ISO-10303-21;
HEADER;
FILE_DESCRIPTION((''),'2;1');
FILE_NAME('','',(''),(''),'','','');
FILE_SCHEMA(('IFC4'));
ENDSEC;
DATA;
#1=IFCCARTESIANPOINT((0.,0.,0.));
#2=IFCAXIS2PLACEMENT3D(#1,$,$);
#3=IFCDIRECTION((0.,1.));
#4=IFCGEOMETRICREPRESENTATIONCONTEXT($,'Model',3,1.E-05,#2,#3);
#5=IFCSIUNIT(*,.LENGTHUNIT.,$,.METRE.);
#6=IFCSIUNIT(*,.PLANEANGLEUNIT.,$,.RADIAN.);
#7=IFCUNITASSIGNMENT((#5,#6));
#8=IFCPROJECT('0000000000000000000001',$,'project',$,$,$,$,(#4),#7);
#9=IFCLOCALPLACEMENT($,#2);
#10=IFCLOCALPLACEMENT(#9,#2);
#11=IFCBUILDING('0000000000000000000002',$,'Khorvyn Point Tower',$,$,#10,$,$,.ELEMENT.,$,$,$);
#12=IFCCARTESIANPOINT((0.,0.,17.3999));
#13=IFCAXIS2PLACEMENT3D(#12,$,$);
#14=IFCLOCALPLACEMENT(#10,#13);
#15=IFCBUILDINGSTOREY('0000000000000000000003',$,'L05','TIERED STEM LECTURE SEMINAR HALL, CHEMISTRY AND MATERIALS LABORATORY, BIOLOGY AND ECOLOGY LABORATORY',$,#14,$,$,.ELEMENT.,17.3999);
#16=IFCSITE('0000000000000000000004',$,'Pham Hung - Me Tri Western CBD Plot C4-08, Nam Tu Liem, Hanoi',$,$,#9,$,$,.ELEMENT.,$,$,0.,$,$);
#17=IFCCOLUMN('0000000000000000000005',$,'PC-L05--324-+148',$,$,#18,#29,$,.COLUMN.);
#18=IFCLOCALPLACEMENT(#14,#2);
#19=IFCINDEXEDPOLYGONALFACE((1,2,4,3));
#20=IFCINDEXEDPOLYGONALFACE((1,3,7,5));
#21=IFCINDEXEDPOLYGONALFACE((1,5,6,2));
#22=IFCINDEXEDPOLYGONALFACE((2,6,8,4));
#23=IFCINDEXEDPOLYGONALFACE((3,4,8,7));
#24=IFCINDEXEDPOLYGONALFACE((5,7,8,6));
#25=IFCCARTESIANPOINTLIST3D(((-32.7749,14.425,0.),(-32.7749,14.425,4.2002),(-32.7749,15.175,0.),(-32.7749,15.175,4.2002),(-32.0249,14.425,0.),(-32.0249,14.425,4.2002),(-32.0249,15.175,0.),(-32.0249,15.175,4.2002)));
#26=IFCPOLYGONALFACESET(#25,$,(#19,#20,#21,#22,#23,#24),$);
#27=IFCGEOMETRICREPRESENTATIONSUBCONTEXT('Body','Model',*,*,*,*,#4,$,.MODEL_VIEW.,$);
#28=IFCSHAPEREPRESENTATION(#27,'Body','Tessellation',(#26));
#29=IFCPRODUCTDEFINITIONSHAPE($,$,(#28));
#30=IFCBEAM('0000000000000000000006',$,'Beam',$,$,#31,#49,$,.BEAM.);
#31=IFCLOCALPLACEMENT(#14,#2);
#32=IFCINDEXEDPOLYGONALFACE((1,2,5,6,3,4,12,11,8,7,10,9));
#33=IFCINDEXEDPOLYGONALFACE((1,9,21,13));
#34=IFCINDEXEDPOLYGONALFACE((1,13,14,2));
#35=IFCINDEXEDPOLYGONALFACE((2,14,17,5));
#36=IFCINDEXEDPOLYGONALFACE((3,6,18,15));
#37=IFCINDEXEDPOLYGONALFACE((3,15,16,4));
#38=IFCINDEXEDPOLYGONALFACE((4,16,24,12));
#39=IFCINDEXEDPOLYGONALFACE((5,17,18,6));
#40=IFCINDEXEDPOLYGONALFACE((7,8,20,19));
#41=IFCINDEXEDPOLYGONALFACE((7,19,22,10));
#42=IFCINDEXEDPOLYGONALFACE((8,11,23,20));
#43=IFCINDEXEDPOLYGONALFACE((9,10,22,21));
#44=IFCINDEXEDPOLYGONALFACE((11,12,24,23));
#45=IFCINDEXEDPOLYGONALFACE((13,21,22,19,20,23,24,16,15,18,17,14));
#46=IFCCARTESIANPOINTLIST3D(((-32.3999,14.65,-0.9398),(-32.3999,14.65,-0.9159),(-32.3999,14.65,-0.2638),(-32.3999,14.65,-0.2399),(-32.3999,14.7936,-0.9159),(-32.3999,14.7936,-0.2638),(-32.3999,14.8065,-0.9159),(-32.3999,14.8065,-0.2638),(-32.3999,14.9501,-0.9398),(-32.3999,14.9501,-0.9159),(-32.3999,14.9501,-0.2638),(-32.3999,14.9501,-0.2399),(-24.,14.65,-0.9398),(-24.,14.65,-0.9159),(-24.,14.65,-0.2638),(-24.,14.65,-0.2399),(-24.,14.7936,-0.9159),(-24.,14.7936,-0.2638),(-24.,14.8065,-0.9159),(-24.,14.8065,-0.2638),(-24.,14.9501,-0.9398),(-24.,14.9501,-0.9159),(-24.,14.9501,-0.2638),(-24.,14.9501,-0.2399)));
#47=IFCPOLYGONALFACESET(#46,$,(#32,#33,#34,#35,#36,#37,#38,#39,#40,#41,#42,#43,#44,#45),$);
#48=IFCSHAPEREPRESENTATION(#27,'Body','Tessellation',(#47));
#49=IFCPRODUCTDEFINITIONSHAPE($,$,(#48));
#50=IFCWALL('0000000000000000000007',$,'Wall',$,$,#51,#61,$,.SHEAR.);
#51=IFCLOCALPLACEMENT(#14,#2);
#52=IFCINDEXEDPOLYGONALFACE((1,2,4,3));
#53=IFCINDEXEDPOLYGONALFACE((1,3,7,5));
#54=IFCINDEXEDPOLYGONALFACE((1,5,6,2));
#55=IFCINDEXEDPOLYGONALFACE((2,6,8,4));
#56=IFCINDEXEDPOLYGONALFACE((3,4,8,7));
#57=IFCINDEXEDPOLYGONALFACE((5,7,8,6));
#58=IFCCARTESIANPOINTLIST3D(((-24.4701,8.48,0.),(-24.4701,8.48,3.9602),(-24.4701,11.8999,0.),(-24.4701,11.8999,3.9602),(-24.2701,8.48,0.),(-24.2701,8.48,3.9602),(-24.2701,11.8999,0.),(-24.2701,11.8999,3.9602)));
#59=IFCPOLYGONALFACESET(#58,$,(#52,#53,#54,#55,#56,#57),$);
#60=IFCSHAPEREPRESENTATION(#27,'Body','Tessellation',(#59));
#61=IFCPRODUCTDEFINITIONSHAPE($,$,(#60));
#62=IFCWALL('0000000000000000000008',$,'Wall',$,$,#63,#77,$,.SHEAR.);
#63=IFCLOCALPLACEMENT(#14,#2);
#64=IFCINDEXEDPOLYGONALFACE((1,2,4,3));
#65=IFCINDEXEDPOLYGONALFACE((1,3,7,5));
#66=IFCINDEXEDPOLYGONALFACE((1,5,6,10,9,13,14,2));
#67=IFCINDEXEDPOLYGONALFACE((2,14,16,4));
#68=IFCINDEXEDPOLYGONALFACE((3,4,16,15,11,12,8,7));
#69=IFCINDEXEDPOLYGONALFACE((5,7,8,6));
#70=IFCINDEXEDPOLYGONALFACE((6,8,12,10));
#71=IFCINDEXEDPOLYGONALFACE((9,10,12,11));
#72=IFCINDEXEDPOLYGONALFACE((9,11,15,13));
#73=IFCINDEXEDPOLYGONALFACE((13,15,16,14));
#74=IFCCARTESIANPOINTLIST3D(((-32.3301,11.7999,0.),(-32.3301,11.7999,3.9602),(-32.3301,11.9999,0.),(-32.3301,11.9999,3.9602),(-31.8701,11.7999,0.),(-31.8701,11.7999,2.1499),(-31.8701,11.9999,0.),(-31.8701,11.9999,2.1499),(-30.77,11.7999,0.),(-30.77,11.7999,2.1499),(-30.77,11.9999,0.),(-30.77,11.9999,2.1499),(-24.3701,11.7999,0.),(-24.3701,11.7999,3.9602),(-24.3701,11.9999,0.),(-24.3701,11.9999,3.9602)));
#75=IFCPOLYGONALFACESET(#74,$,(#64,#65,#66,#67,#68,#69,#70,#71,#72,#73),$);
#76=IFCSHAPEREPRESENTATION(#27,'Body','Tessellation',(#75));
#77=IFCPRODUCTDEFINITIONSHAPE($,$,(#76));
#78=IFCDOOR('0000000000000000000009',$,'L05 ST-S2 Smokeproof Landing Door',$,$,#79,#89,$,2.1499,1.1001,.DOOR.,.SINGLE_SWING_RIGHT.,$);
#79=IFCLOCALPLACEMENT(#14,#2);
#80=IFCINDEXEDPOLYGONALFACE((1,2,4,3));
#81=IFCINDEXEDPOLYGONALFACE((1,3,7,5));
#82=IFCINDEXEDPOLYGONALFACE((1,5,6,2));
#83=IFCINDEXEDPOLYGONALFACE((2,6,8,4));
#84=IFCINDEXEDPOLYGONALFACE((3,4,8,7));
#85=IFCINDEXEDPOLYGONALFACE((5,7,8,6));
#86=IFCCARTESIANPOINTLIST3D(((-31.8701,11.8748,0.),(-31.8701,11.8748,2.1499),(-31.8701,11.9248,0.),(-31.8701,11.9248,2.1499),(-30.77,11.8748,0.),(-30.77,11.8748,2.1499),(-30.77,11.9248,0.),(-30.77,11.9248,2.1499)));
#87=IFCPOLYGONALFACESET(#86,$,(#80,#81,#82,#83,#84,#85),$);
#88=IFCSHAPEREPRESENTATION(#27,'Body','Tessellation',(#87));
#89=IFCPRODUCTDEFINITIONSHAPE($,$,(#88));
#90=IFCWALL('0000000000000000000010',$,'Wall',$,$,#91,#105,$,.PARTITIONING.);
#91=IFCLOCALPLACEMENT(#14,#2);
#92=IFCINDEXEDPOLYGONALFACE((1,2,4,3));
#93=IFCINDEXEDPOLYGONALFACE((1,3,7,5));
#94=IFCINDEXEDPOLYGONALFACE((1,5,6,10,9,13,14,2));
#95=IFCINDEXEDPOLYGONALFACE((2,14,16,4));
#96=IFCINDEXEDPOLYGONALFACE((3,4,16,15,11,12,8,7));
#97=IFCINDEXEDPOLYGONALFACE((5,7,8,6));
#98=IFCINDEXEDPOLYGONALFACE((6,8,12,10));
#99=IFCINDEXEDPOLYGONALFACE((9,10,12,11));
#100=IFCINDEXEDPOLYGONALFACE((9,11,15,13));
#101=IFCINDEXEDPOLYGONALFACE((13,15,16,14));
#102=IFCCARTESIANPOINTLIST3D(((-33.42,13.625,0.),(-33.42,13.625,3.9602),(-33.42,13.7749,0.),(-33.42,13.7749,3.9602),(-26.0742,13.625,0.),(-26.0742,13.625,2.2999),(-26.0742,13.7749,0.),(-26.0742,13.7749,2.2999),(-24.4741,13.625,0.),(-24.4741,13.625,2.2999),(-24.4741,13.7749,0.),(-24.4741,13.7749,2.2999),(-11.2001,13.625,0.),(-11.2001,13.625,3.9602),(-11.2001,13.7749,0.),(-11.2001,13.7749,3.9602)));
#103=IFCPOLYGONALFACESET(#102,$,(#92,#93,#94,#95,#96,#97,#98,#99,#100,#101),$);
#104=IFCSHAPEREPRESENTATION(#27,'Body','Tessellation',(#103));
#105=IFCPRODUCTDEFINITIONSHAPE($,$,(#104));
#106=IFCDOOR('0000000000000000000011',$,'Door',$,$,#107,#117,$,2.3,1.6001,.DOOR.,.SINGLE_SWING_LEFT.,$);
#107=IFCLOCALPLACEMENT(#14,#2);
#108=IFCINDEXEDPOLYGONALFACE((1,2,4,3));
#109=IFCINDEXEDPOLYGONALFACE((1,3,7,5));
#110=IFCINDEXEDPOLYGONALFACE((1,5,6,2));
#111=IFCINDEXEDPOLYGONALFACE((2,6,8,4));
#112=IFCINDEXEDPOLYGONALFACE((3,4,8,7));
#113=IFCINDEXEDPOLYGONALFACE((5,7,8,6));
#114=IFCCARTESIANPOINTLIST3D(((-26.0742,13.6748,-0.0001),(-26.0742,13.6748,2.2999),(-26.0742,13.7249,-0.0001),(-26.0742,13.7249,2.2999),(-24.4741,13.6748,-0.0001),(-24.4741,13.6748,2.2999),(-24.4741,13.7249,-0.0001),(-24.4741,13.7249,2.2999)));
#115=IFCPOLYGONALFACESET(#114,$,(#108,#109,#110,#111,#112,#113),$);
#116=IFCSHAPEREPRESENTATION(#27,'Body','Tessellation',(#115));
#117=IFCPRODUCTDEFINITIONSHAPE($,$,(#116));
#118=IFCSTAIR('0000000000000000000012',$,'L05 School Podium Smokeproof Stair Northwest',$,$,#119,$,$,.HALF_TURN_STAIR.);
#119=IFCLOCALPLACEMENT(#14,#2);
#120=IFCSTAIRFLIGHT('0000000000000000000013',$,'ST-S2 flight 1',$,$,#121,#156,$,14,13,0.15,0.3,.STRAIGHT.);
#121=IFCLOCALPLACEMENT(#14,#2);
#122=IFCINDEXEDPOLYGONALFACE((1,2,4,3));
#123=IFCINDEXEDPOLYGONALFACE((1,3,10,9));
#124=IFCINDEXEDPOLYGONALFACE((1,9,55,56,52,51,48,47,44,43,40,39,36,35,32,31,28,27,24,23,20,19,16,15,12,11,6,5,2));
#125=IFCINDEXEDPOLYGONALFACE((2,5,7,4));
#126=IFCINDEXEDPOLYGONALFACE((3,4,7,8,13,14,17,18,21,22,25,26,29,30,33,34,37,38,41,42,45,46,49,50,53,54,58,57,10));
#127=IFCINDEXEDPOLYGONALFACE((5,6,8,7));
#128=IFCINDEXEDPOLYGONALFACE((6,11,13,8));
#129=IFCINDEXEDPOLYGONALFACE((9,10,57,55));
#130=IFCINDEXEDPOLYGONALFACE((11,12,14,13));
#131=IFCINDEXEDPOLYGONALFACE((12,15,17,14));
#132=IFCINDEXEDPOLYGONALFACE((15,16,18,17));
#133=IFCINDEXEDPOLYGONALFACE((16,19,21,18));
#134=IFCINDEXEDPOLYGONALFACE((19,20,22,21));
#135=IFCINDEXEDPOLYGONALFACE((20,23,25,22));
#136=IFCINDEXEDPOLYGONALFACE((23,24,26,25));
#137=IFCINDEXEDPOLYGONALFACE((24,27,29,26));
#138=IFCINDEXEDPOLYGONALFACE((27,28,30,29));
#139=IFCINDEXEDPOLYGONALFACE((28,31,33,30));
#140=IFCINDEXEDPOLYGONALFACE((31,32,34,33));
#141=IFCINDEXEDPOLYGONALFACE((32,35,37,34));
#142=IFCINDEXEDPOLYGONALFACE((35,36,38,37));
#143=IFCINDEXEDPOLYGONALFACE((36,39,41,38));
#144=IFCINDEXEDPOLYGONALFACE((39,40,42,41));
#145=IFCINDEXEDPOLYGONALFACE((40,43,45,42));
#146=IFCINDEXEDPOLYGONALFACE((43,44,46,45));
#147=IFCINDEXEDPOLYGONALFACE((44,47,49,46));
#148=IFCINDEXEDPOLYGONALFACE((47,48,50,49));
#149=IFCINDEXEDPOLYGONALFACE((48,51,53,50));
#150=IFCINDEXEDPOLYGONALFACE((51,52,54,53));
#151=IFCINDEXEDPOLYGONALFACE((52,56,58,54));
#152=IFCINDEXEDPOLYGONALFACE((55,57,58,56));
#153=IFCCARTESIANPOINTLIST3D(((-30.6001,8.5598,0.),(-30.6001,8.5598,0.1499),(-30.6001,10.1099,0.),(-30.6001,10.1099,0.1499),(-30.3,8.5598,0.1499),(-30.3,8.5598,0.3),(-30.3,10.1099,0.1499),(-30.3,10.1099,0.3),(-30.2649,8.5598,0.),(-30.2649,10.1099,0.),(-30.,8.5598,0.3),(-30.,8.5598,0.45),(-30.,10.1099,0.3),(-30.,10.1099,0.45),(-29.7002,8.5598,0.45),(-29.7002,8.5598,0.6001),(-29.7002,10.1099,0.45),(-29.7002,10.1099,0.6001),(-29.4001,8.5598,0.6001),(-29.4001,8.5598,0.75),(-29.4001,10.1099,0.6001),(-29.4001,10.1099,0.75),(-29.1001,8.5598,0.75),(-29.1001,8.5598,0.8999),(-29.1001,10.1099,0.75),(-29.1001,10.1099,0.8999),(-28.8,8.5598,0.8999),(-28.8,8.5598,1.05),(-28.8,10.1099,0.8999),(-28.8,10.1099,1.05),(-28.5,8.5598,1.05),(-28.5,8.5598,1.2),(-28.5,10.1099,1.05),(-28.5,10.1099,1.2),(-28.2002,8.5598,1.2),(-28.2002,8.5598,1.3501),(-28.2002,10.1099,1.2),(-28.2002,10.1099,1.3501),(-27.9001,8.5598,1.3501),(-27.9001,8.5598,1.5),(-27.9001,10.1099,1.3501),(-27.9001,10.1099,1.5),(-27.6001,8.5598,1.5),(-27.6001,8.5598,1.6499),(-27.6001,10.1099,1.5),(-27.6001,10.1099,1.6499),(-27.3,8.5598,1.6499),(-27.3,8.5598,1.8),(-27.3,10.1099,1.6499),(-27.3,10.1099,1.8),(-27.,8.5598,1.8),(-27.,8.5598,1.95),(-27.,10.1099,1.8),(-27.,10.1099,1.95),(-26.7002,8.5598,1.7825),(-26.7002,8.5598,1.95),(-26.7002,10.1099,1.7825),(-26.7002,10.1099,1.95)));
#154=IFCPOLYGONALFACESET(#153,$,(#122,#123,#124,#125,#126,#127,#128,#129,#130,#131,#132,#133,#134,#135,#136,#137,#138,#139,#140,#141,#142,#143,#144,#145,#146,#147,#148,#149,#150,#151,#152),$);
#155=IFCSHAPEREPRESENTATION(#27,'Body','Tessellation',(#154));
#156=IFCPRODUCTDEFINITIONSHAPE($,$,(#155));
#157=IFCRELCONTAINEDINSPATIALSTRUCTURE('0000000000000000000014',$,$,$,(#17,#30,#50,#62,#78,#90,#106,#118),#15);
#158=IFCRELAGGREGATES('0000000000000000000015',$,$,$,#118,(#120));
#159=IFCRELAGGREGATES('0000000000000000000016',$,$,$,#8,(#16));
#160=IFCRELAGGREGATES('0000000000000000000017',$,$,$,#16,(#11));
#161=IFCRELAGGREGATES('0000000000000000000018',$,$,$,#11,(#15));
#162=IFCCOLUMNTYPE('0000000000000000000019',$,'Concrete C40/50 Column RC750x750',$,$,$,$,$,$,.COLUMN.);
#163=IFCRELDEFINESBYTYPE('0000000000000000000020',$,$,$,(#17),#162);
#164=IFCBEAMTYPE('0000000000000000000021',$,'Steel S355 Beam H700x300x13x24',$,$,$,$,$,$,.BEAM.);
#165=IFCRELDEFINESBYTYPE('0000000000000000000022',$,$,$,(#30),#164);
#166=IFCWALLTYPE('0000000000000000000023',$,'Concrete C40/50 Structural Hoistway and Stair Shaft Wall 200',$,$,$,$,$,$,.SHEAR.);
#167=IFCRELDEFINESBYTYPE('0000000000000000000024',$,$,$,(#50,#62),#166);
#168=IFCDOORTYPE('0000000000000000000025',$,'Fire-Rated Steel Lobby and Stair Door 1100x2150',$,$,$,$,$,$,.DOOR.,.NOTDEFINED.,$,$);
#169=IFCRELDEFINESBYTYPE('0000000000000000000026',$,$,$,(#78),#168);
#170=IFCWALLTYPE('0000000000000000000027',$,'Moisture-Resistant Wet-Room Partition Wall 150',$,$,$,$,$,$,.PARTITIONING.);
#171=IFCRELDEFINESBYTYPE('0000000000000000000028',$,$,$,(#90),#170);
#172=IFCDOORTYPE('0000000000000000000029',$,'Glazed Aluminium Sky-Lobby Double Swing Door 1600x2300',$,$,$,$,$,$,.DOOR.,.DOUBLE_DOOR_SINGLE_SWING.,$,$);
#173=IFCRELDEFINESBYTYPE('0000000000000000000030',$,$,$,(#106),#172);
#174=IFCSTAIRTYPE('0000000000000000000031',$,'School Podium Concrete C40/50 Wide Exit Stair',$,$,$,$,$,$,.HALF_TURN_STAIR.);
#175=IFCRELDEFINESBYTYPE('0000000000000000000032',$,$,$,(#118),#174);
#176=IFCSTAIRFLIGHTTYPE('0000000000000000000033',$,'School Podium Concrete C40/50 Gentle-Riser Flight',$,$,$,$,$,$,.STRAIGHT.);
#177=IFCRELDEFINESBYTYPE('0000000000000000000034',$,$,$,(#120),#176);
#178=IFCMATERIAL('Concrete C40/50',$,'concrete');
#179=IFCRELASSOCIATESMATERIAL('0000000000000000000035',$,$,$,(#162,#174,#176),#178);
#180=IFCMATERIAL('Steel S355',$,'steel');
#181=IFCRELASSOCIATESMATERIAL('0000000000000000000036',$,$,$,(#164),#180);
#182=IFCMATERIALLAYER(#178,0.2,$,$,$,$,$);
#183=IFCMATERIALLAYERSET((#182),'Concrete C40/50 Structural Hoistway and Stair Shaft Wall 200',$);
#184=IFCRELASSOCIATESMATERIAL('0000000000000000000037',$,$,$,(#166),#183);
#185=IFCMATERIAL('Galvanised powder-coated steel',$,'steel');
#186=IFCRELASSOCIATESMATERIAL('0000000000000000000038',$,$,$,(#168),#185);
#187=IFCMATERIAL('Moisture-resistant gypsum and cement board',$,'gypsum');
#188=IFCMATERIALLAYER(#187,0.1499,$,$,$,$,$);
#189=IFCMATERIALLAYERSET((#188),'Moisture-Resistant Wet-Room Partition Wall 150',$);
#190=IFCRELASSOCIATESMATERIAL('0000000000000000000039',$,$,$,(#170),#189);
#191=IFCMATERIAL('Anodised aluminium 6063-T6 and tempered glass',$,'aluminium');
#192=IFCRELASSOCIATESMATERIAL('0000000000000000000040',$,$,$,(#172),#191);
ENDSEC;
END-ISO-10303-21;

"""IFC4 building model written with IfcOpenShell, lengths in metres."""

from ifc_helpers import new_model, si_unit, direction, frame, frame_2d, origin, origin_2d, place, context, subcontext, project, spatial, polyline, rectangle, i_section, outline, extrude, material, layer, layer_set, material_profile, profile_set, type_object, element, fill, aggregate, save


model = new_model("IFC4")

# Units and contexts
model_context = context("Model", 3, precision=1e-05, world=origin(), true_north=direction((0.0, 1.0)))
body_context = subcontext(model_context, "Body", "Model", "MODEL_VIEW")
ifc_project = project(units=[si_unit("LENGTHUNIT", "METRE"), si_unit("PLANEANGLEUNIT", "RADIAN")], contexts=[model_context])

# Site, building, storey
site_placement = place(None, origin())
site = spatial("IfcSite", under=ifc_project, at=site_placement, Name="Pham Hung - Me Tri Western CBD Plot C4-08, Nam Tu Liem, Hanoi", CompositionType="ELEMENT", RefElevation=0.0)
building_placement = place(site_placement, origin())
building = spatial("IfcBuilding", under=site, at=building_placement, Name="Khorvyn Point Tower", CompositionType="ELEMENT")
storey_placement = place(building_placement, frame((0.0, 0.0, 17.3999)))
storey = spatial("IfcBuildingStorey", under=building, at=storey_placement, Name="L05", Description="TIERED STEM LECTURE SEMINAR HALL, CHEMISTRY AND MATERIALS LABORATORY, BIOLOGY AND ECOLOGY LABORATORY", CompositionType="ELEMENT", Elevation=17.3999)

# Column
ifc_material_1 = material(Name="Concrete C40/50", Category="concrete")
ifc_material_profile_1 = material_profile(ifc_material_1, rectangle(XDim=0.75, YDim=0.75, at=origin_2d()))
ifc_profile_set_1 = profile_set([ifc_material_profile_1], Name="Concrete C40/50 RC750x750")
column_type = type_object("IfcColumnType", Name="Concrete C40/50 Column RC750x750", PredefinedType="COLUMN", material=ifc_profile_set_1)
column_placement = place(storey_placement, frame((-32.3999, 14.8, 0.0), z_axis=(0.0, 0.0, 1.0), x_axis=(1.0, 0.0, 0.0)))
element("IfcColumn", 1, at=column_placement, inside=storey, type_object=column_type, Name="PC-L05--324-+148", PredefinedType="COLUMN", context=body_context, shape_type="SweptSolid", body=[
    extrude(rectangle(XDim=0.75, YDim=0.75, at=origin_2d()), origin(), (0.0, 0.0, 1.0), 4.2002),
])

# Beam
ifc_material_2 = material(Name="Steel S355", Category="steel")
ifc_material_profile_2 = material_profile(ifc_material_2, i_section(OverallWidth=0.3, OverallDepth=0.7, WebThickness=0.0129, FlangeThickness=0.0239, at=origin_2d()))
ifc_profile_set_2 = profile_set([ifc_material_profile_2], Name="Steel S355 H700x300x13x24")
beam_type = type_object("IfcBeamType", Name="Steel S355 Beam H700x300x13x24", PredefinedType="BEAM", material=ifc_profile_set_2)
beam_placement = place(storey_placement, frame((-32.3999, 14.8, -0.5898), z_axis=(1.0, 0.0, 0.0), x_axis=(0.0, 1.0, 0.0)))
element("IfcBeam", 2, at=beam_placement, inside=storey, type_object=beam_type, Name="Beam", PredefinedType="BEAM", context=body_context, shape_type="SweptSolid", body=[
    extrude(i_section(OverallWidth=0.3, OverallDepth=0.7, WebThickness=0.0129, FlangeThickness=0.0239, at=origin_2d()), origin(), (0.0, 0.0, 1.0), 8.3999),
])

# Wall
ifc_layer_1 = layer(ifc_material_1, 0.2)
ifc_layer_set_1 = layer_set([ifc_layer_1], Name="Concrete C40/50 Structural Hoistway and Stair Shaft Wall 200")
wall_type_1 = type_object("IfcWallType", Name="Concrete C40/50 Structural Hoistway and Stair Shaft Wall 200", PredefinedType="SHEAR", material=ifc_layer_set_1)
wall_1_placement = place(storey_placement, frame((-24.3701, 11.8999, 0.0), z_axis=(0.0, 0.0, 1.0), x_axis=(0.0, -1.0, 0.0)))
element("IfcWall", 3, at=wall_1_placement, inside=storey, type_object=wall_type_1, Name="Wall", PredefinedType="SHEAR", context=body_context, shape_type="SweptSolid", body=[
    extrude(rectangle(XDim=3.4199, YDim=0.2, at=frame_2d((1.71, 0.0))), origin(), (0.0, 0.0, 1.0), 3.9602),
])

# Walls, openings, doors
wall_2_placement = place(storey_placement, frame((-32.3301, 11.8999, 0.0), z_axis=(0.0, 0.0, 1.0), x_axis=(1.0, 0.0, 0.0)))
wall_2 = element("IfcWall", 4, at=wall_2_placement, inside=storey, type_object=wall_type_1, Name="Wall", PredefinedType="SHEAR", context=body_context, shape_type="SweptSolid", body=[
    extrude(rectangle(XDim=7.96, YDim=0.2, at=frame_2d((3.98, 0.0))), origin(), (0.0, 0.0, 1.0), 3.9602),
])
opening_1_placement = place(wall_2_placement, frame((0.46, 0.0, 0.0)))
opening_1 = element("IfcOpeningElement", 5, at=opening_1_placement, cuts=wall_2, PredefinedType="OPENING", context=body_context, shape_type="SweptSolid", body=[
    extrude(rectangle(XDim=1.1001, YDim=2.1499, at=frame_2d((0.55, 1.075))), frame((0.0, 0.1099, 0.0), z_axis=(0.0, -1.0, 0.0), x_axis=(1.0, 0.0, 0.0)), (0.0, 0.0, 1.0), 0.22),
])
ifc_material_3 = material(Name="Galvanised powder-coated steel", Category="steel")
door_type_1 = type_object("IfcDoorType", Name="Fire-Rated Steel Lobby and Stair Door 1100x2150", OperationType="NOTDEFINED", PredefinedType="DOOR", material=ifc_material_3)
door_1_placement = place(opening_1_placement, origin())
door_1 = element("IfcDoor", 6, at=door_1_placement, inside=storey, type_object=door_type_1, Name="L05 ST-S2 Smokeproof Landing Door", OperationType="SINGLE_SWING_RIGHT", OverallHeight=2.1499, OverallWidth=1.1001, PredefinedType="DOOR", context=body_context, shape_type="SweptSolid", body=[
    extrude(rectangle(XDim=1.1001, YDim=2.1499, at=frame_2d((0.55, 1.075))), frame((0.0, 0.0249, 0.0), z_axis=(0.0, -1.0, 0.0), x_axis=(1.0, 0.0, 0.0)), (0.0, 0.0, 1.0), 0.05),
])
fill(opening_1, door_1)
ifc_material_4 = material(Name="Moisture-resistant gypsum and cement board", Category="gypsum")
ifc_layer_2 = layer(ifc_material_4, 0.1499)
ifc_layer_set_2 = layer_set([ifc_layer_2], Name="Moisture-Resistant Wet-Room Partition Wall 150")
wall_type_2 = type_object("IfcWallType", Name="Moisture-Resistant Wet-Room Partition Wall 150", PredefinedType="PARTITIONING", material=ifc_layer_set_2)
wall_3_placement = place(storey_placement, frame((-33.4199, 13.7, 0.0), z_axis=(0.0, 0.0, 1.0), x_axis=(1.0, 0.0, 0.0)))
wall_3 = element("IfcWall", 7, at=wall_3_placement, inside=storey, type_object=wall_type_2, Name="Wall", PredefinedType="PARTITIONING", context=body_context, shape_type="SweptSolid", body=[
    extrude(rectangle(XDim=22.22, YDim=0.1499, at=frame_2d((11.1099, 0.0))), origin(), (0.0, 0.0, 1.0), 3.9602),
])
opening_2_placement = place(wall_3_placement, frame((7.3457, 0.0, 0.0)))
opening_2 = element("IfcOpeningElement", 8, at=opening_2_placement, cuts=wall_3, PredefinedType="OPENING", context=body_context, shape_type="SweptSolid", body=[
    extrude(rectangle(XDim=1.6001, YDim=2.3, at=frame_2d((0.8, 1.1499))), frame((0.0, 0.085, 0.0), z_axis=(0.0, -1.0, 0.0), x_axis=(1.0, 0.0, 0.0)), (0.0, 0.0, 1.0), 0.1699),
])
ifc_material_5 = material(Name="Anodised aluminium 6063-T6 and tempered glass", Category="aluminium")
door_type_2 = type_object("IfcDoorType", Name="Glazed Aluminium Sky-Lobby Double Swing Door 1600x2300", OperationType="DOUBLE_DOOR_SINGLE_SWING", PredefinedType="DOOR", material=ifc_material_5)
door_2_placement = place(opening_2_placement, origin())
door_2 = element("IfcDoor", 9, at=door_2_placement, inside=storey, type_object=door_type_2, Name="Door", OperationType="SINGLE_SWING_LEFT", OverallHeight=2.3, OverallWidth=1.6001, PredefinedType="DOOR", context=body_context, shape_type="SweptSolid", body=[
    extrude(rectangle(XDim=1.6001, YDim=2.3, at=frame_2d((0.8, 1.1499))), frame((0.0, 0.0249, 0.0), z_axis=(0.0, -1.0, 0.0), x_axis=(1.0, 0.0, 0.0)), (0.0, 0.0, 1.0), 0.05),
])
fill(opening_2, door_2)

# Stair, stair flight
stair_type = type_object("IfcStairType", Name="School Podium Concrete C40/50 Wide Exit Stair", PredefinedType="HALF_TURN_STAIR", material=ifc_material_1)
stair_placement = place(storey_placement, origin())
stair = element("IfcStair", 10, at=stair_placement, inside=storey, type_object=stair_type, Name="L05 School Podium Smokeproof Stair Northwest", PredefinedType="HALF_TURN_STAIR")
stair_flight_type = type_object("IfcStairFlightType", Name="School Podium Concrete C40/50 Gentle-Riser Flight", PredefinedType="STRAIGHT", material=ifc_material_1)
stair_flight_1_placement = place(storey_placement, frame((-30.6001, 9.335, 0.0), z_axis=(0.0, 0.0, 1.0), x_axis=(1.0, 0.0, 0.0)))
stair_flight_1 = element("IfcStairFlight", 11, at=stair_flight_1_placement, type_object=stair_flight_type, Name="ST-S2 flight 1", NumberOfRisers=14, NumberOfTreads=13, PredefinedType="STRAIGHT", RiserHeight=0.15, TreadLength=0.3, context=body_context, shape_type="SweptSolid", body=[
    extrude(outline(polyline([(0.0, 0.0), (0.0, 0.1499), (0.3, 0.1499), (0.3, 0.3), (0.6001, 0.3), (0.6001, 0.45), (0.8999, 0.45), (0.8999, 0.6001), (1.2, 0.6001), (1.2, 0.75), (1.5, 0.75), (1.5, 0.8999), (1.8, 0.8999), (1.8, 1.05), (2.1001, 1.05), (2.1001, 1.2), (2.3999, 1.2), (2.3999, 1.3501), (2.7, 1.3501), (2.7, 1.5), (3.0, 1.5), (3.0, 1.6499), (3.3, 1.6499), (3.3, 1.8), (3.6001, 1.8), (3.6001, 1.95), (3.8999, 1.95), (3.8999, 2.1001), (3.8999, 1.7825), (0.3352, 0.0), (0.0, 0.0)])), frame((0.0, 0.7749, 0.0), z_axis=(0.0, -1.0, 0.0), x_axis=(1.0, 0.0, 0.0)), (0.0, 0.0, 1.0), 1.55),
])
aggregate(stair, [stair_flight_1])

save(model, "model.ifc")
